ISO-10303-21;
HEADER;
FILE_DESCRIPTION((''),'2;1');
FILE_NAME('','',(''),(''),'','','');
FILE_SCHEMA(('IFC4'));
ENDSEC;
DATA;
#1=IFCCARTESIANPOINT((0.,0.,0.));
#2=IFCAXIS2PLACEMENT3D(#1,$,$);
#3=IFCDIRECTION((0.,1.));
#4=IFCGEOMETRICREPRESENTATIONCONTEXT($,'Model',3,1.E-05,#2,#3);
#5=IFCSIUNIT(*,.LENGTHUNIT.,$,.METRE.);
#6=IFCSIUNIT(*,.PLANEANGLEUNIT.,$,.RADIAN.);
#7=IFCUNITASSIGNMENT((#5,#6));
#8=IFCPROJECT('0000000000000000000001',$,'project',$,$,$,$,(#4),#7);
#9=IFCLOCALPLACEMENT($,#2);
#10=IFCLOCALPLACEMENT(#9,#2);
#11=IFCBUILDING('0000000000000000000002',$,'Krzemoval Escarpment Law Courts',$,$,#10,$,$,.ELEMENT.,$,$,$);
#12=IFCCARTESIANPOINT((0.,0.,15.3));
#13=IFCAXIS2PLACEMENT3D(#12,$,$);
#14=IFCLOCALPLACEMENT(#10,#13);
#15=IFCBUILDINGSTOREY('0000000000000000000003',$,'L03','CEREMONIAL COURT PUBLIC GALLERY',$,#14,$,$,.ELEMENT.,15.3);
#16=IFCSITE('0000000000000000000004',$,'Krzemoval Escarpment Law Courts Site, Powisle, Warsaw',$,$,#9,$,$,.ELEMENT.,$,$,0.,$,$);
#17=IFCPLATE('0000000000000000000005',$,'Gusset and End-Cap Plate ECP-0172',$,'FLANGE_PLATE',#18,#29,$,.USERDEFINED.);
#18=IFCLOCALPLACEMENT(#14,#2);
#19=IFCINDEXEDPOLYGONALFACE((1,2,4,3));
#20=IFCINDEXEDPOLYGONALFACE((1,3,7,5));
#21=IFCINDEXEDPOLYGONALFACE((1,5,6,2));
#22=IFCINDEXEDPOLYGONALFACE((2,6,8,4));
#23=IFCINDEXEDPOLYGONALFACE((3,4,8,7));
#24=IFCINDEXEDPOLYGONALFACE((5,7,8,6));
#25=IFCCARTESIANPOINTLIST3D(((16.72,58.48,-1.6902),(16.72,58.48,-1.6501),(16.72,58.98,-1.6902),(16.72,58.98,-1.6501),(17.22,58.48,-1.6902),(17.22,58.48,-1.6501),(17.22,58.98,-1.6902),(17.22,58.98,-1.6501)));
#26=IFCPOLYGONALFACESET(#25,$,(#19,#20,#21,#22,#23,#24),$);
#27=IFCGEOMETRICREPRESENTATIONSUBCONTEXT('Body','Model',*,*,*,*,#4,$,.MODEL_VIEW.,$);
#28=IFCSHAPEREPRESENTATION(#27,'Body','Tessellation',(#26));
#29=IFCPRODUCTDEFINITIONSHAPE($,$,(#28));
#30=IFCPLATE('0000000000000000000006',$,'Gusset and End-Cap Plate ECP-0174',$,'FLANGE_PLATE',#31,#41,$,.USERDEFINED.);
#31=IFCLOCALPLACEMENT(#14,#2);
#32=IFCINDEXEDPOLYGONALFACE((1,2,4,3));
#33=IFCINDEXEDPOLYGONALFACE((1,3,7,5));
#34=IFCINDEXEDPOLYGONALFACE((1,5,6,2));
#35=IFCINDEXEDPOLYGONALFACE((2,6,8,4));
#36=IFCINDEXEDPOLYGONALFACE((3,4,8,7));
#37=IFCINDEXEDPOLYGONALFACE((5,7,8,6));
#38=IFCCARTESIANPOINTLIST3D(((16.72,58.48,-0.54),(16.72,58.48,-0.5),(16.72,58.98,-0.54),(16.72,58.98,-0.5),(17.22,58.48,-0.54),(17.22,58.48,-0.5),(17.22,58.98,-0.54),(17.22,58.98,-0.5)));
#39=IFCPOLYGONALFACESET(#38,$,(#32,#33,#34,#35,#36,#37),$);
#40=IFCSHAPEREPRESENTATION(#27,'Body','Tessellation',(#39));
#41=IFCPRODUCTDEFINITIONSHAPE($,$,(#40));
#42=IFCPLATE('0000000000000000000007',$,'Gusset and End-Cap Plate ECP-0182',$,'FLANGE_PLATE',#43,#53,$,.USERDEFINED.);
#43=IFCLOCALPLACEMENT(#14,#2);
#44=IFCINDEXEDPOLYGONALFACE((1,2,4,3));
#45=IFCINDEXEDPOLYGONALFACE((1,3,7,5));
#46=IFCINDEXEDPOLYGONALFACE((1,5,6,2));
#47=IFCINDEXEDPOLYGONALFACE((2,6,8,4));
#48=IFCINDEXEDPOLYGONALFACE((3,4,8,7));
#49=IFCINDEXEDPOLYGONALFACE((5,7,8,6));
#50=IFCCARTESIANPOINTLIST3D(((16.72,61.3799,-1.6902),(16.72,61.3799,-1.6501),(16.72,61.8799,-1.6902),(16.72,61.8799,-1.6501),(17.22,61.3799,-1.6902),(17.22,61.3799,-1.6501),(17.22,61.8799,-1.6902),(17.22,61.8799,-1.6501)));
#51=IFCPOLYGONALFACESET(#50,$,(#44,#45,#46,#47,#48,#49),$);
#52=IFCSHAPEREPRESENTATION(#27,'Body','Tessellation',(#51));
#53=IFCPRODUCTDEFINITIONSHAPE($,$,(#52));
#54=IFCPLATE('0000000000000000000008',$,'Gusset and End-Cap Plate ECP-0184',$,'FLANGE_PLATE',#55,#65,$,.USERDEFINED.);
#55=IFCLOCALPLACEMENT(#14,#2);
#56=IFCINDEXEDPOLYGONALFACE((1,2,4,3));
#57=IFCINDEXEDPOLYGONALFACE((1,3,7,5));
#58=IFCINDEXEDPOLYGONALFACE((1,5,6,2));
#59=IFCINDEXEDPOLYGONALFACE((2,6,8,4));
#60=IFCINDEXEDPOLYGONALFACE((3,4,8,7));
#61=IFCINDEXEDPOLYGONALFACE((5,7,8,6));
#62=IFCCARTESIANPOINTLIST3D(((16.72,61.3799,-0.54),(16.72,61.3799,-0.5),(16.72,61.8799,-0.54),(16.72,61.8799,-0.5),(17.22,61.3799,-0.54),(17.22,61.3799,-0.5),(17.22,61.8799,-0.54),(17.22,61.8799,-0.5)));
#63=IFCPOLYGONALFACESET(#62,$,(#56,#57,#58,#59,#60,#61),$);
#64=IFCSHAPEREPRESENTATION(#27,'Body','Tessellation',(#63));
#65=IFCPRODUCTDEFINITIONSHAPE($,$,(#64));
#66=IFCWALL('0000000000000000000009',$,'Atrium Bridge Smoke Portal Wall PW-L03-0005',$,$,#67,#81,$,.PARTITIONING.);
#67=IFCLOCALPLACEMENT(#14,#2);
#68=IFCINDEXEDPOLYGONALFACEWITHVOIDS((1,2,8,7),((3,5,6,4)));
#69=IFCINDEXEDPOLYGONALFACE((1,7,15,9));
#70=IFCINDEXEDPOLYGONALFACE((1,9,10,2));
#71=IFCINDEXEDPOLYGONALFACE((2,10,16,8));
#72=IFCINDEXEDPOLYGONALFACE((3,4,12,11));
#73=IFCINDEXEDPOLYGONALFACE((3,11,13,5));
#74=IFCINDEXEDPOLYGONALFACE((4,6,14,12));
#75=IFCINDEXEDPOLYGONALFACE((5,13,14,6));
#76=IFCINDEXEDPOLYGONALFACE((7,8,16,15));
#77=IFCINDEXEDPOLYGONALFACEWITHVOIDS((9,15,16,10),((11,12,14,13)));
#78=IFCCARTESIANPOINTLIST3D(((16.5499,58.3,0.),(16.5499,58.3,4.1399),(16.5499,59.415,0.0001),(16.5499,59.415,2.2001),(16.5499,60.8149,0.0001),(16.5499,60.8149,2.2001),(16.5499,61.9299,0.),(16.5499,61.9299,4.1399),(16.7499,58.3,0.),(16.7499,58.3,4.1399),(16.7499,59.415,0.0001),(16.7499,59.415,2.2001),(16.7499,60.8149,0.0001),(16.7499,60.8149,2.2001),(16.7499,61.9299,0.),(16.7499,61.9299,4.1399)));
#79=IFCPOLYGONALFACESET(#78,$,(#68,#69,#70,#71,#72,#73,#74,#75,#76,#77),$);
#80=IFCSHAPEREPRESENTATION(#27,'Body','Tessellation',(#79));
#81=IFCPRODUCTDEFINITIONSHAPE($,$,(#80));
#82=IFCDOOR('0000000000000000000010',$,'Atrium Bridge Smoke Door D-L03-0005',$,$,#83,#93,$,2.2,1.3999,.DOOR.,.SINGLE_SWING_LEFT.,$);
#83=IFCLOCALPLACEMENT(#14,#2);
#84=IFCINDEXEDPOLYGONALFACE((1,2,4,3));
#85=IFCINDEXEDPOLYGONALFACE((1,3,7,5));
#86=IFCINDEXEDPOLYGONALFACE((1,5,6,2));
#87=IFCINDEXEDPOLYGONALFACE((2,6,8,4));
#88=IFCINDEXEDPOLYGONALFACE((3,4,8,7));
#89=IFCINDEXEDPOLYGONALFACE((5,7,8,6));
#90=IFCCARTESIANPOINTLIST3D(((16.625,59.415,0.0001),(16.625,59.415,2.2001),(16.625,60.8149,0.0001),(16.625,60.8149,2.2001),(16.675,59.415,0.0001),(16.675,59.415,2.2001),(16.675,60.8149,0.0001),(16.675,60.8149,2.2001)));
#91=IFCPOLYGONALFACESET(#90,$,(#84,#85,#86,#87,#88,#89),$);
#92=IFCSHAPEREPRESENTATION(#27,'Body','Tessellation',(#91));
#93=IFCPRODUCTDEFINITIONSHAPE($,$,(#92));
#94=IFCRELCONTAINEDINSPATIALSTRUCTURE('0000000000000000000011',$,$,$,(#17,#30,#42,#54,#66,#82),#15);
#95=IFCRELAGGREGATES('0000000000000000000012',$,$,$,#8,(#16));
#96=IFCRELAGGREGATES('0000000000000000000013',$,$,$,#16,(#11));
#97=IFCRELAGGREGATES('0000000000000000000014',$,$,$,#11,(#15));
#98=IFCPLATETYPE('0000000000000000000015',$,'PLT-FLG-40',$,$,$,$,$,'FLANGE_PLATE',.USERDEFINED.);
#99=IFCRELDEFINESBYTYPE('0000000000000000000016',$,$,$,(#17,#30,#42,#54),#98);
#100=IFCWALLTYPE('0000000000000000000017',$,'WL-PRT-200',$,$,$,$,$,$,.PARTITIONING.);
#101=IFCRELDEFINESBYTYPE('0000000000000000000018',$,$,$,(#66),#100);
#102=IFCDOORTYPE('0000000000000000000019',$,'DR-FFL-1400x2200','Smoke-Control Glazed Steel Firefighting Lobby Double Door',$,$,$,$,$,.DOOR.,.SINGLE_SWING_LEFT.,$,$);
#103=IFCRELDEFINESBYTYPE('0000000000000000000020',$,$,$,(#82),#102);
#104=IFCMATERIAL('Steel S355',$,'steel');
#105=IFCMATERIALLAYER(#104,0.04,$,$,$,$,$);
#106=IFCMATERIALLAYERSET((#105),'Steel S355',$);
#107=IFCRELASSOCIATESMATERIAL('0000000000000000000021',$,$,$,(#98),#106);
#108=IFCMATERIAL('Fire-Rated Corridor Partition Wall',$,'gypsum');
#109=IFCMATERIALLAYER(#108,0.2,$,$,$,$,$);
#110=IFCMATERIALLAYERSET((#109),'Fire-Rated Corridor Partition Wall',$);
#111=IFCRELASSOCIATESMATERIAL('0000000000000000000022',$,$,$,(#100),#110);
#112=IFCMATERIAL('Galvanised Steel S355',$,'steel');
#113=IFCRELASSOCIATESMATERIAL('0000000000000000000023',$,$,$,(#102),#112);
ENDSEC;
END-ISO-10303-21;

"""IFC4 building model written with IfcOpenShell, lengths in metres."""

from ifc_helpers import new_model, si_unit, direction, frame, frame_2d, origin, origin_2d, place, context, subcontext, project, spatial, rectangle, extrude, material, layer, layer_set, type_object, element, fill, save


model = new_model("IFC4")

# Units and contexts
model_context = context("Model", 3, precision=1e-05, world=origin(), true_north=direction((0.0, 1.0)))
body_context = subcontext(model_context, "Body", "Model", "MODEL_VIEW")
ifc_project = project(units=[si_unit("LENGTHUNIT", "METRE"), si_unit("PLANEANGLEUNIT", "RADIAN")], contexts=[model_context])

# Site, building, storey
site_placement = place(None, origin())
site = spatial("IfcSite", under=ifc_project, at=site_placement, Name="Krzemoval Escarpment Law Courts Site, Powisle, Warsaw", CompositionType="ELEMENT", RefElevation=0.0)
building_placement = place(site_placement, origin())
building = spatial("IfcBuilding", under=site, at=building_placement, Name="Krzemoval Escarpment Law Courts", CompositionType="ELEMENT")
storey_placement = place(building_placement, frame((0.0, 0.0, 15.3)))
storey = spatial("IfcBuildingStorey", under=building, at=storey_placement, Name="L03", Description="CEREMONIAL COURT PUBLIC GALLERY", CompositionType="ELEMENT", Elevation=15.3)

# Plates
ifc_material_1 = material(Name="Steel S355", Category="steel")
ifc_layer_1 = layer(ifc_material_1, 0.04)
ifc_layer_set_1 = layer_set([ifc_layer_1], Name="Steel S355")
plate_type_1 = type_object("IfcPlateType", Name="PLT-FLG-40", ElementType="FLANGE_PLATE", PredefinedType="USERDEFINED", material=ifc_layer_set_1)
for number, where, z_axis, x_axis, name in (
    (1, (16.97, 58.73, -1.6902), (0.0, 0.0, 1.0), (1.0, 0.0, 0.0), "Gusset and End-Cap Plate ECP-0172"),
    (2, (16.97, 58.73, -0.54), (0.0, 0.0, 1.0), (1.0, 0.0, 0.0), "Gusset and End-Cap Plate ECP-0174"),
    (3, (16.97, 61.6299, -1.6902), (0.0, 0.0, 1.0), (1.0, 0.0, 0.0), "Gusset and End-Cap Plate ECP-0182"),
    (4, (16.97, 61.6299, -0.54), (0.0, 0.0, 1.0), (1.0, 0.0, 0.0), "Gusset and End-Cap Plate ECP-0184"),
):
    element("IfcPlate", number, at=place(storey_placement, frame(where, z_axis=z_axis, x_axis=x_axis)), inside=storey, type_object=plate_type_1, Name=name, ObjectType="FLANGE_PLATE", PredefinedType="USERDEFINED", context=body_context, shape_type="SweptSolid", body=[
        extrude(rectangle(XDim=0.5, YDim=0.5, at=origin_2d()), origin(), (0.0, 0.0, 1.0), 0.04),
    ])

# Wall, opening, door
ifc_material_2 = material(Name="Fire-Rated Corridor Partition Wall", Category="gypsum")
ifc_layer_2 = layer(ifc_material_2, 0.2)
ifc_layer_set_2 = layer_set([ifc_layer_2], Name="Fire-Rated Corridor Partition Wall")
wall_type = type_object("IfcWallType", Name="WL-PRT-200", PredefinedType="PARTITIONING", material=ifc_layer_set_2)
wall_placement = place(storey_placement, frame((16.6499, 58.3, 0.0), z_axis=(0.0, 0.0, 1.0), x_axis=(0.0, 1.0, 0.0)))
wall = element("IfcWall", 5, at=wall_placement, inside=storey, type_object=wall_type, Name="Atrium Bridge Smoke Portal Wall PW-L03-0005", PredefinedType="PARTITIONING", context=body_context, shape_type="SweptSolid", body=[
    extrude(rectangle(XDim=3.6299, YDim=0.2, at=frame_2d((1.8149, 0.0))), origin(), (0.0, 0.0, 1.0), 4.1399),
])
opening_placement = place(wall_placement, frame((1.115, 0.0, 0.0)))
opening = element("IfcOpeningElement", 6, at=opening_placement, cuts=wall, PredefinedType="OPENING", context=body_context, shape_type="SweptSolid", body=[
    extrude(rectangle(XDim=1.3999, YDim=2.2, at=frame_2d((0.7, 1.1001))), frame((0.0, 0.115, 0.0), z_axis=(0.0, -1.0, 0.0), x_axis=(1.0, 0.0, 0.0)), (0.0, 0.0, 1.0), 0.2299),
])
ifc_material_3 = material(Name="Galvanised Steel S355", Category="steel")
door_type = type_object("IfcDoorType", Name="DR-FFL-1400x2200", Description="Smoke-Control Glazed Steel Firefighting Lobby Double Door", OperationType="SINGLE_SWING_LEFT", PredefinedType="DOOR", material=ifc_material_3)
door_placement = place(opening_placement, origin())
door = element("IfcDoor", 7, at=door_placement, inside=storey, type_object=door_type, Name="Atrium Bridge Smoke Door D-L03-0005", OperationType="SINGLE_SWING_LEFT", OverallHeight=2.2, OverallWidth=1.3999, PredefinedType="DOOR", context=body_context, shape_type="SweptSolid", body=[
    extrude(rectangle(XDim=1.3999, YDim=2.2, at=frame_2d((0.7, 1.1001))), frame((0.0, 0.0249, 0.0), z_axis=(0.0, -1.0, 0.0), x_axis=(1.0, 0.0, 0.0)), (0.0, 0.0, 1.0), 0.05),
])
fill(opening, door)

save(model, "model.ifc")
